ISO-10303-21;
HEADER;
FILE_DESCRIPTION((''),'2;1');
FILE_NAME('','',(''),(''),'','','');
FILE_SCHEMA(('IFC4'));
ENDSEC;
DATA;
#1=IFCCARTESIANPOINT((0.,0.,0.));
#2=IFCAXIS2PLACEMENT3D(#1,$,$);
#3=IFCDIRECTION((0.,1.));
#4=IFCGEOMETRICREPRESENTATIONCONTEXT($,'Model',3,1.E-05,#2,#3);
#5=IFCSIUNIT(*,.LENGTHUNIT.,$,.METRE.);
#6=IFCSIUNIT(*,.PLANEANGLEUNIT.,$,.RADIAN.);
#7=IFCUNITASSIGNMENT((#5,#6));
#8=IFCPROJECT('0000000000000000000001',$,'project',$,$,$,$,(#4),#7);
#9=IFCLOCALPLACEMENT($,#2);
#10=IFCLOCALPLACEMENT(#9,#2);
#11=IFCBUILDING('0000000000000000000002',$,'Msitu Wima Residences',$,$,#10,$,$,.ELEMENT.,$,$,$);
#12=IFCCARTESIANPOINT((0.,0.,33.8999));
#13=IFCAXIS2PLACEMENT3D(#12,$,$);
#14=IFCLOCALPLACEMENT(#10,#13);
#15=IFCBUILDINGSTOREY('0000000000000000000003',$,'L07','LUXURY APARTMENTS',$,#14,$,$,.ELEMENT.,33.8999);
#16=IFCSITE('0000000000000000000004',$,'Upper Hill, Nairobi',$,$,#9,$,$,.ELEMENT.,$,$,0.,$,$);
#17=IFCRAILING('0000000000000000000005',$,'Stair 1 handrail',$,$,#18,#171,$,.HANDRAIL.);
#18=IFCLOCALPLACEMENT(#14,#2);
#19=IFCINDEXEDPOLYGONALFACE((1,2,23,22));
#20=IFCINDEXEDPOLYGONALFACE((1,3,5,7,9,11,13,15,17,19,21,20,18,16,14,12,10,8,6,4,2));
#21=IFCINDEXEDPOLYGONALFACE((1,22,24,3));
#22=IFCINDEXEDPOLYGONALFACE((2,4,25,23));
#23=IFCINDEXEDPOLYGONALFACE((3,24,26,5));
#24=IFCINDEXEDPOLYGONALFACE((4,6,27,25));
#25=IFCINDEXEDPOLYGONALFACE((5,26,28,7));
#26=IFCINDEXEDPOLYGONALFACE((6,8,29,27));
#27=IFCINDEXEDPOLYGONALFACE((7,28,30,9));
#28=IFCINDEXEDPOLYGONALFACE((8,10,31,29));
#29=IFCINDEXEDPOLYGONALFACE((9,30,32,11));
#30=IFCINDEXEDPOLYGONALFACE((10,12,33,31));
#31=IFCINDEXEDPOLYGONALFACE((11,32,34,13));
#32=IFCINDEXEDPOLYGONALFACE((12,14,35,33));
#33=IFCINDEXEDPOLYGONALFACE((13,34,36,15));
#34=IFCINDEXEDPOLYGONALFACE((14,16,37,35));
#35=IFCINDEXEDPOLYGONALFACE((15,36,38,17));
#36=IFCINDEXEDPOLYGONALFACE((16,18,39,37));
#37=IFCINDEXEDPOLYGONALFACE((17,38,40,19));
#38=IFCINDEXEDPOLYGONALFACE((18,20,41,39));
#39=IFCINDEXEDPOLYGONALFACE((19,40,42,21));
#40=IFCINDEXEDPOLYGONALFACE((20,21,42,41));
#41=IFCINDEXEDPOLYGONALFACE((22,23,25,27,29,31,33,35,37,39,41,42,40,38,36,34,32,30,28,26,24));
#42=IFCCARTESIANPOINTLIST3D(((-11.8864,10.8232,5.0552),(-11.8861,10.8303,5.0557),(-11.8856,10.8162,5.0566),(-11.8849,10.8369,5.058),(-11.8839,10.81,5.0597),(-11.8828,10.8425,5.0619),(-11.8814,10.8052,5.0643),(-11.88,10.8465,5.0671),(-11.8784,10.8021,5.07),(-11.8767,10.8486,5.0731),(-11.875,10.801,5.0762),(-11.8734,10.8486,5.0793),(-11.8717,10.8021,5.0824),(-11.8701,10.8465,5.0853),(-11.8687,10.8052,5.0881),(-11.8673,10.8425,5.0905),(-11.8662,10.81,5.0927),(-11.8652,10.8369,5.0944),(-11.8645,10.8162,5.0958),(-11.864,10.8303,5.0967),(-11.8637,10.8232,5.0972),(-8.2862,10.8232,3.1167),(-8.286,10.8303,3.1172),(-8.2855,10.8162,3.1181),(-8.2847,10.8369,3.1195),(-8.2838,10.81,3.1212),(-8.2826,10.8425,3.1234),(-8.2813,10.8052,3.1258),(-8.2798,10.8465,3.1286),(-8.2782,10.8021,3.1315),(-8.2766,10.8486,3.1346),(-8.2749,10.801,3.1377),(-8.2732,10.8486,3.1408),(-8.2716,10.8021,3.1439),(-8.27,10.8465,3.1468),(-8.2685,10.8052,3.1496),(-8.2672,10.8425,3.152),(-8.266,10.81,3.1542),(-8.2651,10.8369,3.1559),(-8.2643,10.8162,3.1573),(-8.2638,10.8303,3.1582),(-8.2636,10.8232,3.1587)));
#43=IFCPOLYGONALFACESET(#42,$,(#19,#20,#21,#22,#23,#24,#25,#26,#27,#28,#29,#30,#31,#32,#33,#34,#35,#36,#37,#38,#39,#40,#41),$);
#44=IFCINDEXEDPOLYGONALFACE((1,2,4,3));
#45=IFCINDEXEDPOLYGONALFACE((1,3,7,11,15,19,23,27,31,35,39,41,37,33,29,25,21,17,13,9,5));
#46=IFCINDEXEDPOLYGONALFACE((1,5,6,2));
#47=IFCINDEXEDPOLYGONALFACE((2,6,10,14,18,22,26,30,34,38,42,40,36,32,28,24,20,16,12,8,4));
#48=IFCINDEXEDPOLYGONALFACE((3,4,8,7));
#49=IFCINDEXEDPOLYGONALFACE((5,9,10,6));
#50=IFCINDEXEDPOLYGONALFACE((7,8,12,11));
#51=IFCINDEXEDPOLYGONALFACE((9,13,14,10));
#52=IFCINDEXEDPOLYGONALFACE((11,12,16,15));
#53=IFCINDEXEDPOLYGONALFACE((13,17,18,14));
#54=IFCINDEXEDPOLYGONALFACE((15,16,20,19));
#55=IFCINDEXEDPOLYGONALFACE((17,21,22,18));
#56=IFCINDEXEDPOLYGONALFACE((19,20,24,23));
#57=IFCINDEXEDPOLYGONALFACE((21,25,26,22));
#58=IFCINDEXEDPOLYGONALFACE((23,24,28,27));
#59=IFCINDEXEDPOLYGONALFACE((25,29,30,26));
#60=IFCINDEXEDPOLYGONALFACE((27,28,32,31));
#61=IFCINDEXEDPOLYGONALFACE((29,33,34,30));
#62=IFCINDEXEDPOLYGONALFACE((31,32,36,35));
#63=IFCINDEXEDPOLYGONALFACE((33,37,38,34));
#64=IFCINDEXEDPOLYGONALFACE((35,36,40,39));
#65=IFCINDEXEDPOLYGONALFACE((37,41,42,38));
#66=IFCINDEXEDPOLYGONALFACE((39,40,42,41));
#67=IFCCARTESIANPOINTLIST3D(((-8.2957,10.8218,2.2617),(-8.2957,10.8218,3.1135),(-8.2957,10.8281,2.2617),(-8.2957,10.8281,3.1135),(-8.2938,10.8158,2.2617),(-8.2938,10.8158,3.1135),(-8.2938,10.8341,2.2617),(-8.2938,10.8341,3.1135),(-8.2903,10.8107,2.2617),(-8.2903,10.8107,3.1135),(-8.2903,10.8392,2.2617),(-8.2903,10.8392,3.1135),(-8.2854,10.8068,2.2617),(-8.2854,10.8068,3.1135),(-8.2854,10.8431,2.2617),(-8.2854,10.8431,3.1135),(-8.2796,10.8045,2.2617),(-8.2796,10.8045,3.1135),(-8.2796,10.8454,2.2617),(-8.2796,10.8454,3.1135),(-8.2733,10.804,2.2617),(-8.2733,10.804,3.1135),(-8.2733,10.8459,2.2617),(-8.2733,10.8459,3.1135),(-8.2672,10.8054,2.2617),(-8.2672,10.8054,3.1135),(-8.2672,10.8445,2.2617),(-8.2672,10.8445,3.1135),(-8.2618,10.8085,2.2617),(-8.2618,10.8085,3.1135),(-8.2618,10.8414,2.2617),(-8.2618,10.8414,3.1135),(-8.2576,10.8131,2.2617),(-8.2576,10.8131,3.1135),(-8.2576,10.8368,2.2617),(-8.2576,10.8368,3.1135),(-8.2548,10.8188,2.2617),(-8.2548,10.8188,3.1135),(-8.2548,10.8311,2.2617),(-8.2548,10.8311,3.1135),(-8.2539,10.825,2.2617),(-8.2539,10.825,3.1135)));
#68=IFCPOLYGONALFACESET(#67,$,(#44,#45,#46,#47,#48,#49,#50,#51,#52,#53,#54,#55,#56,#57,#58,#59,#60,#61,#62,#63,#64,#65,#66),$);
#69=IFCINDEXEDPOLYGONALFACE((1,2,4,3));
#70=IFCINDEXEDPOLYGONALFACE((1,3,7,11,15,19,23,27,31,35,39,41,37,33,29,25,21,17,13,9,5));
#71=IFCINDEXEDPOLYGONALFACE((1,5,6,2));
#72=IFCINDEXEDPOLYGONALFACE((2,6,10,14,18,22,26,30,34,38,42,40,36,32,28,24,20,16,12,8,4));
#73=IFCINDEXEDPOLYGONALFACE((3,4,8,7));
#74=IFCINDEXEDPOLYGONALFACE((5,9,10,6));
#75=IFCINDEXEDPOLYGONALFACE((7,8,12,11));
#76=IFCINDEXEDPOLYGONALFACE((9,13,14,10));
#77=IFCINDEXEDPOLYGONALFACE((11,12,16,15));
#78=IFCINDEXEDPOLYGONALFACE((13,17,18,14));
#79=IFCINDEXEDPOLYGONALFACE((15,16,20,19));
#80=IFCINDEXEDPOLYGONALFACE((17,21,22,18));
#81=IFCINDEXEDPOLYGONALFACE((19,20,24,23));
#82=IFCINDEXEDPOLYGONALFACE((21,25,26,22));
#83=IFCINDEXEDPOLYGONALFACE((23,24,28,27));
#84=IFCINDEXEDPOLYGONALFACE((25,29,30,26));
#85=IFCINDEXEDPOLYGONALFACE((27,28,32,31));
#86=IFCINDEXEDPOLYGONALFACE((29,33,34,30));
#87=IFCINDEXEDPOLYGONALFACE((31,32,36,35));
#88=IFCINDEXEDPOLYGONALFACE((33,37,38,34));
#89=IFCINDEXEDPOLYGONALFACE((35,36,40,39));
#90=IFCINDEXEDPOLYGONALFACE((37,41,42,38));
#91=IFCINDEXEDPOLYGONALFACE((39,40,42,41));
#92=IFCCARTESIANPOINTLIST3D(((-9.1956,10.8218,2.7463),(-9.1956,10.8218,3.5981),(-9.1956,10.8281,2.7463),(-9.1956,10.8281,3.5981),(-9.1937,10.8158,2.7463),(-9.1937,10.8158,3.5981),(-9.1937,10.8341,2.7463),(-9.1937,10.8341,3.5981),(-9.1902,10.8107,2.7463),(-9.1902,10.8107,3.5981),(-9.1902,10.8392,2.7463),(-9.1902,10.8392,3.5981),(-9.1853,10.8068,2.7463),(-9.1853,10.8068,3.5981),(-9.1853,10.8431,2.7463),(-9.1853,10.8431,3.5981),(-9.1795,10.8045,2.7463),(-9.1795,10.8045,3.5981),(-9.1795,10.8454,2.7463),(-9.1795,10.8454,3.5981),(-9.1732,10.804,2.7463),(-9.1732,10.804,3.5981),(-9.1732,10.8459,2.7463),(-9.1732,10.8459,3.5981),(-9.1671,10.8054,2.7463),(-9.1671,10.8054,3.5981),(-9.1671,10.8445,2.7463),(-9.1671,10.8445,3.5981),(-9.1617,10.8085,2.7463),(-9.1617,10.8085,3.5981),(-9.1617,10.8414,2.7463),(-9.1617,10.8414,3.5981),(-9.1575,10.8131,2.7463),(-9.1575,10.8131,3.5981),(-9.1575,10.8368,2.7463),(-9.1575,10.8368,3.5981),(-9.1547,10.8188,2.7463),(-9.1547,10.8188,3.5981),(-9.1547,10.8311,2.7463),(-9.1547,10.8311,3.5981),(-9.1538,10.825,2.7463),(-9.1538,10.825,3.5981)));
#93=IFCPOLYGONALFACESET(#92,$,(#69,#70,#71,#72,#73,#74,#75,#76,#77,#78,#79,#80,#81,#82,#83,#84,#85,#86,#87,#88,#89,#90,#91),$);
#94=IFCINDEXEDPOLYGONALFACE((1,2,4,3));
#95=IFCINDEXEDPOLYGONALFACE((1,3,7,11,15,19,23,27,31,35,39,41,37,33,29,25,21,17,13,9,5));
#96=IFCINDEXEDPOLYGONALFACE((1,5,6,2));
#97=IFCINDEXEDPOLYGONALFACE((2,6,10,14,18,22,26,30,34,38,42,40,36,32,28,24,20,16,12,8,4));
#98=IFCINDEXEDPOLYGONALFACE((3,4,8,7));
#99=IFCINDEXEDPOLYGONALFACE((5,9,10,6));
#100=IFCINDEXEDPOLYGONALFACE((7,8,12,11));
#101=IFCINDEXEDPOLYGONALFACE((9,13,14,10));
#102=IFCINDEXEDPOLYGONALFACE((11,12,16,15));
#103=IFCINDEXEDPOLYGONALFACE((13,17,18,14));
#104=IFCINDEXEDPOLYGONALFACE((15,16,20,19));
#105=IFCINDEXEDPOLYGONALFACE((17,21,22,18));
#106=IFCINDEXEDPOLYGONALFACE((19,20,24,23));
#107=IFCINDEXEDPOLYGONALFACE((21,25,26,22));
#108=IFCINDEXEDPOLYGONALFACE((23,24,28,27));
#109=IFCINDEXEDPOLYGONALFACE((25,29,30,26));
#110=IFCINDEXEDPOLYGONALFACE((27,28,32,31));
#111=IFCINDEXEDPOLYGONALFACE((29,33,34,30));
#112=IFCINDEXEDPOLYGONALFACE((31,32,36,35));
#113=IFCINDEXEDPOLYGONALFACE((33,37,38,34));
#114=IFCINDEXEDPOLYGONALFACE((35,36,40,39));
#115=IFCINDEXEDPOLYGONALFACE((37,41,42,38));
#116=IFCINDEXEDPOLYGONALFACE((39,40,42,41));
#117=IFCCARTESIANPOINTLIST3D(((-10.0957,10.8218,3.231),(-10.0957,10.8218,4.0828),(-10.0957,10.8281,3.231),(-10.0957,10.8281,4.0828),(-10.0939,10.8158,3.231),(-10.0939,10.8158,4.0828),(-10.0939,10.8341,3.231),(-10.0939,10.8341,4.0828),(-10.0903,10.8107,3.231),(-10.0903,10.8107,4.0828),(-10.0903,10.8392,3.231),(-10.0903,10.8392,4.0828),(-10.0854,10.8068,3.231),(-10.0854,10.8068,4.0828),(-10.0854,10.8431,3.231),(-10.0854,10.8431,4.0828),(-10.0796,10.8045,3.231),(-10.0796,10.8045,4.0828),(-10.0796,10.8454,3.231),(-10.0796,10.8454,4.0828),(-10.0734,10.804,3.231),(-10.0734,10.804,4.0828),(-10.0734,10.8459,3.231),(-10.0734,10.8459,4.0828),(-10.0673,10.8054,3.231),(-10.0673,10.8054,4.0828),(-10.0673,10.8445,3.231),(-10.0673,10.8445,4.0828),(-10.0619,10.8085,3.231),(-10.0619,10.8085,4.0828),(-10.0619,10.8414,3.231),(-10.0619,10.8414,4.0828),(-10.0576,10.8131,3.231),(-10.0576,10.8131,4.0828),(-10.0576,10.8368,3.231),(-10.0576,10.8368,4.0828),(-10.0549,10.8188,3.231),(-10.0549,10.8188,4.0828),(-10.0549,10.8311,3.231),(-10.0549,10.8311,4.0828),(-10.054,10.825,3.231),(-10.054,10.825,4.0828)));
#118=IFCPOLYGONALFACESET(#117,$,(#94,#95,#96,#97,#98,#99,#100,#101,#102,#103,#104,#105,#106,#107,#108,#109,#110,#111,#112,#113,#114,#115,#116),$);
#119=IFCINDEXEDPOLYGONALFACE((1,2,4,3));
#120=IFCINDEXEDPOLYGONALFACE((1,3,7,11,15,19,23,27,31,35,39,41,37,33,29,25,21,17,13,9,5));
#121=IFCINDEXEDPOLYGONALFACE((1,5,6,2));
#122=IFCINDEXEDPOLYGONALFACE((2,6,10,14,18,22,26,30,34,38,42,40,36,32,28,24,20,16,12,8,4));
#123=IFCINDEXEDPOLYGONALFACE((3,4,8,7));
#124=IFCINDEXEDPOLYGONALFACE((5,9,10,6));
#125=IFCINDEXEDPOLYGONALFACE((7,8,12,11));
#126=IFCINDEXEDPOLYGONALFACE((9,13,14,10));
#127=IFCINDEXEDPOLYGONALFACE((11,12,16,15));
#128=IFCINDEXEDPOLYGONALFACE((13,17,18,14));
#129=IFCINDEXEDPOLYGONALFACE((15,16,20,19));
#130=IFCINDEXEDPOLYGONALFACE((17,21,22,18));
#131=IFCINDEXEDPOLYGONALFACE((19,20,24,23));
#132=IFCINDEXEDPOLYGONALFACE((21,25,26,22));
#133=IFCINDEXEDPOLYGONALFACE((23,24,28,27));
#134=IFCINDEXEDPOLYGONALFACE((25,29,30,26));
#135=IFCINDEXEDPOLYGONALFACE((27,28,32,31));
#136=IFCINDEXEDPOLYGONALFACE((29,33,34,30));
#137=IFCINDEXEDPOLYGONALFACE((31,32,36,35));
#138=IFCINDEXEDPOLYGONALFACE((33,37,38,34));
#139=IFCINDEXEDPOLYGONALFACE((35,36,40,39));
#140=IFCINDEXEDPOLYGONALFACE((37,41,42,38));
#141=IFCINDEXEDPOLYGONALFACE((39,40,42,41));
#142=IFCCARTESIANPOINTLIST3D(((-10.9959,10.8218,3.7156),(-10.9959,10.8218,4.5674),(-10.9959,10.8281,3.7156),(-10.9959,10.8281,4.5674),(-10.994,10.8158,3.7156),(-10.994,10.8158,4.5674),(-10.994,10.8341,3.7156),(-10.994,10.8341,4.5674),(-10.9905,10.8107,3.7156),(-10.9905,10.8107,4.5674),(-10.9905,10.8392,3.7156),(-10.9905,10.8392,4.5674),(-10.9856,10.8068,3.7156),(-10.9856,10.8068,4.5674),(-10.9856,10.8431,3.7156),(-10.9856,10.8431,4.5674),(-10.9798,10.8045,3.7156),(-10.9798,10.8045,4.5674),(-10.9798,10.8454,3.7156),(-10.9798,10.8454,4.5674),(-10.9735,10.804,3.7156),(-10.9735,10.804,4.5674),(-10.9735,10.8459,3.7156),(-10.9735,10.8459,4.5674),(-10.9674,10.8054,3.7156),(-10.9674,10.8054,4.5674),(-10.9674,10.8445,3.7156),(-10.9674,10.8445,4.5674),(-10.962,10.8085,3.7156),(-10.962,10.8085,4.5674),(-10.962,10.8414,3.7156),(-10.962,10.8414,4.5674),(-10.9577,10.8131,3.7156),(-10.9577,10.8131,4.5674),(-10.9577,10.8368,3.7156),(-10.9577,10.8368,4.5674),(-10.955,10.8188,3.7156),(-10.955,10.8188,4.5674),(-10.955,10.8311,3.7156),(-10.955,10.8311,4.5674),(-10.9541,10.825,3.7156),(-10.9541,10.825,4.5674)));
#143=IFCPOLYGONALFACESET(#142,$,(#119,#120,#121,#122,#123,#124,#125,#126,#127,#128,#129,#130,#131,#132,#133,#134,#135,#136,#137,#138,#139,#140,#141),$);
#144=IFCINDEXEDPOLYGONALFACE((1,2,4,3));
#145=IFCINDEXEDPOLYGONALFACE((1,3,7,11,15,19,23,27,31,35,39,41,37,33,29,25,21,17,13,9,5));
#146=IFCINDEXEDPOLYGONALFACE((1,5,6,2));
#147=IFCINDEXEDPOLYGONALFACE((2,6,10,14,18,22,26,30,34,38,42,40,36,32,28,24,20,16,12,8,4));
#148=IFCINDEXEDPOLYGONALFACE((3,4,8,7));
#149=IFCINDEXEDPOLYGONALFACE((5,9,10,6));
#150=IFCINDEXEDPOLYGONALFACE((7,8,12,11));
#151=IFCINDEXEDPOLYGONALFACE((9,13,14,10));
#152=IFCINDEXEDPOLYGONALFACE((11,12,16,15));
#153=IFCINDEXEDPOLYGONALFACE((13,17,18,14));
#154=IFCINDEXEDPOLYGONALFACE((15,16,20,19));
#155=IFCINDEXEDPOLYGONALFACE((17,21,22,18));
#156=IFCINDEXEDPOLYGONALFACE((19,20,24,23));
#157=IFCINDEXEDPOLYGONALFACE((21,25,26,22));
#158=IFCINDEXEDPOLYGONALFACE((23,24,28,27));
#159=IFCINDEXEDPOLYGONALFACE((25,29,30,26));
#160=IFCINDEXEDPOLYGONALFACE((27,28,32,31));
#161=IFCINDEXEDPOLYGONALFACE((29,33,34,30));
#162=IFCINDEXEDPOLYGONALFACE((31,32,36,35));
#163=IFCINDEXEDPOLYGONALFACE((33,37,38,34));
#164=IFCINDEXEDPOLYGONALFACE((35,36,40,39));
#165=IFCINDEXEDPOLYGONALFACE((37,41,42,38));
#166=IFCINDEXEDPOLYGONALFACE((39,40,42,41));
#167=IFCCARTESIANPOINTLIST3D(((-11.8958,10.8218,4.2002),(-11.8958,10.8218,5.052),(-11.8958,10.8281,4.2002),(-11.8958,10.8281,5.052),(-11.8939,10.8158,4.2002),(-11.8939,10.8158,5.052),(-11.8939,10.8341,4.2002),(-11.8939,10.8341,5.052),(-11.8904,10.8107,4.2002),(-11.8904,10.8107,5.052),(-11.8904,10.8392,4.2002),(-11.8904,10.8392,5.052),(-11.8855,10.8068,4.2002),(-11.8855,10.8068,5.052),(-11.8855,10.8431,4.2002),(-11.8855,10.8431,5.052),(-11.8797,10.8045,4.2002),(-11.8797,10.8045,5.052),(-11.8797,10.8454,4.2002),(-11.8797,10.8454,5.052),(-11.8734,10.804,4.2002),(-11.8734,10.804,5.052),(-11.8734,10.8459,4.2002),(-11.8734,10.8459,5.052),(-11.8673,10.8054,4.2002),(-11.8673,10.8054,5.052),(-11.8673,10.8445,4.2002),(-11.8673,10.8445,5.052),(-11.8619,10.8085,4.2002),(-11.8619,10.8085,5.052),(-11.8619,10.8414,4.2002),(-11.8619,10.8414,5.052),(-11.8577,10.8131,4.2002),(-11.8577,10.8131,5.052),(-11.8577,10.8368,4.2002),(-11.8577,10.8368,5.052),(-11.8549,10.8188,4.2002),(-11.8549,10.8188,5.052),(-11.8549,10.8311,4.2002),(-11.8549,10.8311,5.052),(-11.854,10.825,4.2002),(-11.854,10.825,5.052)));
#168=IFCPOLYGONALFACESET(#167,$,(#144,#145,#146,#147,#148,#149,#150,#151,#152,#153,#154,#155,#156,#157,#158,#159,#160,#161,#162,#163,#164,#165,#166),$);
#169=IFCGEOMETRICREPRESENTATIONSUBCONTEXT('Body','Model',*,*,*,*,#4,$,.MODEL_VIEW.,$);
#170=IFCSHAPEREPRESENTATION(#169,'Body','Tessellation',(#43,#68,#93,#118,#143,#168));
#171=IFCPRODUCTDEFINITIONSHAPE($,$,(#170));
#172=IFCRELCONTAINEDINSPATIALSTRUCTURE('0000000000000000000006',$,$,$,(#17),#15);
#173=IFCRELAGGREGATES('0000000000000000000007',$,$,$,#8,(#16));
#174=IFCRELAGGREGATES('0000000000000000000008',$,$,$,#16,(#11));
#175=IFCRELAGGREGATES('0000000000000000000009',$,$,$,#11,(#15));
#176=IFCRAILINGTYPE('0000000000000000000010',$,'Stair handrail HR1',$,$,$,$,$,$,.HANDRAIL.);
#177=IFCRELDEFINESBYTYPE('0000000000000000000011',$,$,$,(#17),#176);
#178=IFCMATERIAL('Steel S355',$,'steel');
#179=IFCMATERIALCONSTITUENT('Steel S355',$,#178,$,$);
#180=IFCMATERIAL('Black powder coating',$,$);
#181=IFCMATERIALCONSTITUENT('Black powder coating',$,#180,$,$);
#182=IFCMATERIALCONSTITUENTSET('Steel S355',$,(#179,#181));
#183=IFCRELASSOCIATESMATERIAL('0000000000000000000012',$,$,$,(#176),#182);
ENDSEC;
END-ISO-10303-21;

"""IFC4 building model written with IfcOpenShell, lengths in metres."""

from ifc_helpers import new_model, si_unit, direction, frame, origin, origin_2d, place, context, subcontext, project, spatial, circle, extrude, material, constituent, constituent_set, type_object, element, save


model = new_model("IFC4")

# Units and contexts
model_context = context("Model", 3, precision=1e-05, world=origin(), true_north=direction((0.0, 1.0)))
body_context = subcontext(model_context, "Body", "Model", "MODEL_VIEW")
ifc_project = project(units=[si_unit("LENGTHUNIT", "METRE"), si_unit("PLANEANGLEUNIT", "RADIAN")], contexts=[model_context])

# Site, building, storey
site_placement = place(None, origin())
site = spatial("IfcSite", under=ifc_project, at=site_placement, Name="Upper Hill, Nairobi", CompositionType="ELEMENT", RefElevation=0.0)
building_placement = place(site_placement, origin())
building = spatial("IfcBuilding", under=site, at=building_placement, Name="Msitu Wima Residences", CompositionType="ELEMENT")
storey_placement = place(building_placement, frame((0.0, 0.0, 33.8999)))
storey = spatial("IfcBuildingStorey", under=building, at=storey_placement, Name="L07", Description="LUXURY APARTMENTS", CompositionType="ELEMENT", Elevation=33.8999)

# Railing
ifc_material_1 = material(Name="Steel S355", Category="steel")
ifc_constituent_1 = constituent(ifc_material_1, Name="Steel S355")
ifc_material_2 = material(Name="Black powder coating")
ifc_constituent_2 = constituent(ifc_material_2, Name="Black powder coating")
ifc_constituent_set_1 = constituent_set(constituents=[ifc_constituent_1, ifc_constituent_2], Name="Steel S355")
railing_type_1 = type_object("IfcRailingType", Name="Stair handrail HR1", PredefinedType="HANDRAIL", material=ifc_constituent_set_1)
for number, where, name in (
    (1, (-8.2749, 10.825, 2.2617), "Stair 1 handrail"),
):
    element("IfcRailing", number, at=place(storey_placement, frame(where)), inside=storey, type_object=railing_type_1, Name=name, PredefinedType="HANDRAIL", context=body_context, shape_type="SweptSolid", body=[
        extrude(circle(Radius=0.0239, at=origin_2d()), frame((0.0, 0.0, 0.876), z_axis=(-0.880475, 0.0, 0.474093), x_axis=(0.0, -1.0, 0.0)), (0.0, 0.0, 1.0), 4.0889),
        extrude(circle(Radius=0.021, at=origin_2d()), origin(), (0.0, 0.0, 1.0), 0.8518),
        extrude(circle(Radius=0.021, at=origin_2d()), frame((-0.8999, 0.0, 0.4846)), (0.0, 0.0, 1.0), 0.8518),
        extrude(circle(Radius=0.021, at=origin_2d()), frame((-1.8, 0.0, 0.9692)), (0.0, 0.0, 1.0), 0.8518),
        extrude(circle(Radius=0.021, at=origin_2d()), frame((-2.7002, 0.0, 1.4539)), (0.0, 0.0, 1.0), 0.8518),
        extrude(circle(Radius=0.021, at=origin_2d()), frame((-3.6001, 0.0, 1.9385)), (0.0, 0.0, 1.0), 0.8518),
    ])

save(model, "model.ifc")
